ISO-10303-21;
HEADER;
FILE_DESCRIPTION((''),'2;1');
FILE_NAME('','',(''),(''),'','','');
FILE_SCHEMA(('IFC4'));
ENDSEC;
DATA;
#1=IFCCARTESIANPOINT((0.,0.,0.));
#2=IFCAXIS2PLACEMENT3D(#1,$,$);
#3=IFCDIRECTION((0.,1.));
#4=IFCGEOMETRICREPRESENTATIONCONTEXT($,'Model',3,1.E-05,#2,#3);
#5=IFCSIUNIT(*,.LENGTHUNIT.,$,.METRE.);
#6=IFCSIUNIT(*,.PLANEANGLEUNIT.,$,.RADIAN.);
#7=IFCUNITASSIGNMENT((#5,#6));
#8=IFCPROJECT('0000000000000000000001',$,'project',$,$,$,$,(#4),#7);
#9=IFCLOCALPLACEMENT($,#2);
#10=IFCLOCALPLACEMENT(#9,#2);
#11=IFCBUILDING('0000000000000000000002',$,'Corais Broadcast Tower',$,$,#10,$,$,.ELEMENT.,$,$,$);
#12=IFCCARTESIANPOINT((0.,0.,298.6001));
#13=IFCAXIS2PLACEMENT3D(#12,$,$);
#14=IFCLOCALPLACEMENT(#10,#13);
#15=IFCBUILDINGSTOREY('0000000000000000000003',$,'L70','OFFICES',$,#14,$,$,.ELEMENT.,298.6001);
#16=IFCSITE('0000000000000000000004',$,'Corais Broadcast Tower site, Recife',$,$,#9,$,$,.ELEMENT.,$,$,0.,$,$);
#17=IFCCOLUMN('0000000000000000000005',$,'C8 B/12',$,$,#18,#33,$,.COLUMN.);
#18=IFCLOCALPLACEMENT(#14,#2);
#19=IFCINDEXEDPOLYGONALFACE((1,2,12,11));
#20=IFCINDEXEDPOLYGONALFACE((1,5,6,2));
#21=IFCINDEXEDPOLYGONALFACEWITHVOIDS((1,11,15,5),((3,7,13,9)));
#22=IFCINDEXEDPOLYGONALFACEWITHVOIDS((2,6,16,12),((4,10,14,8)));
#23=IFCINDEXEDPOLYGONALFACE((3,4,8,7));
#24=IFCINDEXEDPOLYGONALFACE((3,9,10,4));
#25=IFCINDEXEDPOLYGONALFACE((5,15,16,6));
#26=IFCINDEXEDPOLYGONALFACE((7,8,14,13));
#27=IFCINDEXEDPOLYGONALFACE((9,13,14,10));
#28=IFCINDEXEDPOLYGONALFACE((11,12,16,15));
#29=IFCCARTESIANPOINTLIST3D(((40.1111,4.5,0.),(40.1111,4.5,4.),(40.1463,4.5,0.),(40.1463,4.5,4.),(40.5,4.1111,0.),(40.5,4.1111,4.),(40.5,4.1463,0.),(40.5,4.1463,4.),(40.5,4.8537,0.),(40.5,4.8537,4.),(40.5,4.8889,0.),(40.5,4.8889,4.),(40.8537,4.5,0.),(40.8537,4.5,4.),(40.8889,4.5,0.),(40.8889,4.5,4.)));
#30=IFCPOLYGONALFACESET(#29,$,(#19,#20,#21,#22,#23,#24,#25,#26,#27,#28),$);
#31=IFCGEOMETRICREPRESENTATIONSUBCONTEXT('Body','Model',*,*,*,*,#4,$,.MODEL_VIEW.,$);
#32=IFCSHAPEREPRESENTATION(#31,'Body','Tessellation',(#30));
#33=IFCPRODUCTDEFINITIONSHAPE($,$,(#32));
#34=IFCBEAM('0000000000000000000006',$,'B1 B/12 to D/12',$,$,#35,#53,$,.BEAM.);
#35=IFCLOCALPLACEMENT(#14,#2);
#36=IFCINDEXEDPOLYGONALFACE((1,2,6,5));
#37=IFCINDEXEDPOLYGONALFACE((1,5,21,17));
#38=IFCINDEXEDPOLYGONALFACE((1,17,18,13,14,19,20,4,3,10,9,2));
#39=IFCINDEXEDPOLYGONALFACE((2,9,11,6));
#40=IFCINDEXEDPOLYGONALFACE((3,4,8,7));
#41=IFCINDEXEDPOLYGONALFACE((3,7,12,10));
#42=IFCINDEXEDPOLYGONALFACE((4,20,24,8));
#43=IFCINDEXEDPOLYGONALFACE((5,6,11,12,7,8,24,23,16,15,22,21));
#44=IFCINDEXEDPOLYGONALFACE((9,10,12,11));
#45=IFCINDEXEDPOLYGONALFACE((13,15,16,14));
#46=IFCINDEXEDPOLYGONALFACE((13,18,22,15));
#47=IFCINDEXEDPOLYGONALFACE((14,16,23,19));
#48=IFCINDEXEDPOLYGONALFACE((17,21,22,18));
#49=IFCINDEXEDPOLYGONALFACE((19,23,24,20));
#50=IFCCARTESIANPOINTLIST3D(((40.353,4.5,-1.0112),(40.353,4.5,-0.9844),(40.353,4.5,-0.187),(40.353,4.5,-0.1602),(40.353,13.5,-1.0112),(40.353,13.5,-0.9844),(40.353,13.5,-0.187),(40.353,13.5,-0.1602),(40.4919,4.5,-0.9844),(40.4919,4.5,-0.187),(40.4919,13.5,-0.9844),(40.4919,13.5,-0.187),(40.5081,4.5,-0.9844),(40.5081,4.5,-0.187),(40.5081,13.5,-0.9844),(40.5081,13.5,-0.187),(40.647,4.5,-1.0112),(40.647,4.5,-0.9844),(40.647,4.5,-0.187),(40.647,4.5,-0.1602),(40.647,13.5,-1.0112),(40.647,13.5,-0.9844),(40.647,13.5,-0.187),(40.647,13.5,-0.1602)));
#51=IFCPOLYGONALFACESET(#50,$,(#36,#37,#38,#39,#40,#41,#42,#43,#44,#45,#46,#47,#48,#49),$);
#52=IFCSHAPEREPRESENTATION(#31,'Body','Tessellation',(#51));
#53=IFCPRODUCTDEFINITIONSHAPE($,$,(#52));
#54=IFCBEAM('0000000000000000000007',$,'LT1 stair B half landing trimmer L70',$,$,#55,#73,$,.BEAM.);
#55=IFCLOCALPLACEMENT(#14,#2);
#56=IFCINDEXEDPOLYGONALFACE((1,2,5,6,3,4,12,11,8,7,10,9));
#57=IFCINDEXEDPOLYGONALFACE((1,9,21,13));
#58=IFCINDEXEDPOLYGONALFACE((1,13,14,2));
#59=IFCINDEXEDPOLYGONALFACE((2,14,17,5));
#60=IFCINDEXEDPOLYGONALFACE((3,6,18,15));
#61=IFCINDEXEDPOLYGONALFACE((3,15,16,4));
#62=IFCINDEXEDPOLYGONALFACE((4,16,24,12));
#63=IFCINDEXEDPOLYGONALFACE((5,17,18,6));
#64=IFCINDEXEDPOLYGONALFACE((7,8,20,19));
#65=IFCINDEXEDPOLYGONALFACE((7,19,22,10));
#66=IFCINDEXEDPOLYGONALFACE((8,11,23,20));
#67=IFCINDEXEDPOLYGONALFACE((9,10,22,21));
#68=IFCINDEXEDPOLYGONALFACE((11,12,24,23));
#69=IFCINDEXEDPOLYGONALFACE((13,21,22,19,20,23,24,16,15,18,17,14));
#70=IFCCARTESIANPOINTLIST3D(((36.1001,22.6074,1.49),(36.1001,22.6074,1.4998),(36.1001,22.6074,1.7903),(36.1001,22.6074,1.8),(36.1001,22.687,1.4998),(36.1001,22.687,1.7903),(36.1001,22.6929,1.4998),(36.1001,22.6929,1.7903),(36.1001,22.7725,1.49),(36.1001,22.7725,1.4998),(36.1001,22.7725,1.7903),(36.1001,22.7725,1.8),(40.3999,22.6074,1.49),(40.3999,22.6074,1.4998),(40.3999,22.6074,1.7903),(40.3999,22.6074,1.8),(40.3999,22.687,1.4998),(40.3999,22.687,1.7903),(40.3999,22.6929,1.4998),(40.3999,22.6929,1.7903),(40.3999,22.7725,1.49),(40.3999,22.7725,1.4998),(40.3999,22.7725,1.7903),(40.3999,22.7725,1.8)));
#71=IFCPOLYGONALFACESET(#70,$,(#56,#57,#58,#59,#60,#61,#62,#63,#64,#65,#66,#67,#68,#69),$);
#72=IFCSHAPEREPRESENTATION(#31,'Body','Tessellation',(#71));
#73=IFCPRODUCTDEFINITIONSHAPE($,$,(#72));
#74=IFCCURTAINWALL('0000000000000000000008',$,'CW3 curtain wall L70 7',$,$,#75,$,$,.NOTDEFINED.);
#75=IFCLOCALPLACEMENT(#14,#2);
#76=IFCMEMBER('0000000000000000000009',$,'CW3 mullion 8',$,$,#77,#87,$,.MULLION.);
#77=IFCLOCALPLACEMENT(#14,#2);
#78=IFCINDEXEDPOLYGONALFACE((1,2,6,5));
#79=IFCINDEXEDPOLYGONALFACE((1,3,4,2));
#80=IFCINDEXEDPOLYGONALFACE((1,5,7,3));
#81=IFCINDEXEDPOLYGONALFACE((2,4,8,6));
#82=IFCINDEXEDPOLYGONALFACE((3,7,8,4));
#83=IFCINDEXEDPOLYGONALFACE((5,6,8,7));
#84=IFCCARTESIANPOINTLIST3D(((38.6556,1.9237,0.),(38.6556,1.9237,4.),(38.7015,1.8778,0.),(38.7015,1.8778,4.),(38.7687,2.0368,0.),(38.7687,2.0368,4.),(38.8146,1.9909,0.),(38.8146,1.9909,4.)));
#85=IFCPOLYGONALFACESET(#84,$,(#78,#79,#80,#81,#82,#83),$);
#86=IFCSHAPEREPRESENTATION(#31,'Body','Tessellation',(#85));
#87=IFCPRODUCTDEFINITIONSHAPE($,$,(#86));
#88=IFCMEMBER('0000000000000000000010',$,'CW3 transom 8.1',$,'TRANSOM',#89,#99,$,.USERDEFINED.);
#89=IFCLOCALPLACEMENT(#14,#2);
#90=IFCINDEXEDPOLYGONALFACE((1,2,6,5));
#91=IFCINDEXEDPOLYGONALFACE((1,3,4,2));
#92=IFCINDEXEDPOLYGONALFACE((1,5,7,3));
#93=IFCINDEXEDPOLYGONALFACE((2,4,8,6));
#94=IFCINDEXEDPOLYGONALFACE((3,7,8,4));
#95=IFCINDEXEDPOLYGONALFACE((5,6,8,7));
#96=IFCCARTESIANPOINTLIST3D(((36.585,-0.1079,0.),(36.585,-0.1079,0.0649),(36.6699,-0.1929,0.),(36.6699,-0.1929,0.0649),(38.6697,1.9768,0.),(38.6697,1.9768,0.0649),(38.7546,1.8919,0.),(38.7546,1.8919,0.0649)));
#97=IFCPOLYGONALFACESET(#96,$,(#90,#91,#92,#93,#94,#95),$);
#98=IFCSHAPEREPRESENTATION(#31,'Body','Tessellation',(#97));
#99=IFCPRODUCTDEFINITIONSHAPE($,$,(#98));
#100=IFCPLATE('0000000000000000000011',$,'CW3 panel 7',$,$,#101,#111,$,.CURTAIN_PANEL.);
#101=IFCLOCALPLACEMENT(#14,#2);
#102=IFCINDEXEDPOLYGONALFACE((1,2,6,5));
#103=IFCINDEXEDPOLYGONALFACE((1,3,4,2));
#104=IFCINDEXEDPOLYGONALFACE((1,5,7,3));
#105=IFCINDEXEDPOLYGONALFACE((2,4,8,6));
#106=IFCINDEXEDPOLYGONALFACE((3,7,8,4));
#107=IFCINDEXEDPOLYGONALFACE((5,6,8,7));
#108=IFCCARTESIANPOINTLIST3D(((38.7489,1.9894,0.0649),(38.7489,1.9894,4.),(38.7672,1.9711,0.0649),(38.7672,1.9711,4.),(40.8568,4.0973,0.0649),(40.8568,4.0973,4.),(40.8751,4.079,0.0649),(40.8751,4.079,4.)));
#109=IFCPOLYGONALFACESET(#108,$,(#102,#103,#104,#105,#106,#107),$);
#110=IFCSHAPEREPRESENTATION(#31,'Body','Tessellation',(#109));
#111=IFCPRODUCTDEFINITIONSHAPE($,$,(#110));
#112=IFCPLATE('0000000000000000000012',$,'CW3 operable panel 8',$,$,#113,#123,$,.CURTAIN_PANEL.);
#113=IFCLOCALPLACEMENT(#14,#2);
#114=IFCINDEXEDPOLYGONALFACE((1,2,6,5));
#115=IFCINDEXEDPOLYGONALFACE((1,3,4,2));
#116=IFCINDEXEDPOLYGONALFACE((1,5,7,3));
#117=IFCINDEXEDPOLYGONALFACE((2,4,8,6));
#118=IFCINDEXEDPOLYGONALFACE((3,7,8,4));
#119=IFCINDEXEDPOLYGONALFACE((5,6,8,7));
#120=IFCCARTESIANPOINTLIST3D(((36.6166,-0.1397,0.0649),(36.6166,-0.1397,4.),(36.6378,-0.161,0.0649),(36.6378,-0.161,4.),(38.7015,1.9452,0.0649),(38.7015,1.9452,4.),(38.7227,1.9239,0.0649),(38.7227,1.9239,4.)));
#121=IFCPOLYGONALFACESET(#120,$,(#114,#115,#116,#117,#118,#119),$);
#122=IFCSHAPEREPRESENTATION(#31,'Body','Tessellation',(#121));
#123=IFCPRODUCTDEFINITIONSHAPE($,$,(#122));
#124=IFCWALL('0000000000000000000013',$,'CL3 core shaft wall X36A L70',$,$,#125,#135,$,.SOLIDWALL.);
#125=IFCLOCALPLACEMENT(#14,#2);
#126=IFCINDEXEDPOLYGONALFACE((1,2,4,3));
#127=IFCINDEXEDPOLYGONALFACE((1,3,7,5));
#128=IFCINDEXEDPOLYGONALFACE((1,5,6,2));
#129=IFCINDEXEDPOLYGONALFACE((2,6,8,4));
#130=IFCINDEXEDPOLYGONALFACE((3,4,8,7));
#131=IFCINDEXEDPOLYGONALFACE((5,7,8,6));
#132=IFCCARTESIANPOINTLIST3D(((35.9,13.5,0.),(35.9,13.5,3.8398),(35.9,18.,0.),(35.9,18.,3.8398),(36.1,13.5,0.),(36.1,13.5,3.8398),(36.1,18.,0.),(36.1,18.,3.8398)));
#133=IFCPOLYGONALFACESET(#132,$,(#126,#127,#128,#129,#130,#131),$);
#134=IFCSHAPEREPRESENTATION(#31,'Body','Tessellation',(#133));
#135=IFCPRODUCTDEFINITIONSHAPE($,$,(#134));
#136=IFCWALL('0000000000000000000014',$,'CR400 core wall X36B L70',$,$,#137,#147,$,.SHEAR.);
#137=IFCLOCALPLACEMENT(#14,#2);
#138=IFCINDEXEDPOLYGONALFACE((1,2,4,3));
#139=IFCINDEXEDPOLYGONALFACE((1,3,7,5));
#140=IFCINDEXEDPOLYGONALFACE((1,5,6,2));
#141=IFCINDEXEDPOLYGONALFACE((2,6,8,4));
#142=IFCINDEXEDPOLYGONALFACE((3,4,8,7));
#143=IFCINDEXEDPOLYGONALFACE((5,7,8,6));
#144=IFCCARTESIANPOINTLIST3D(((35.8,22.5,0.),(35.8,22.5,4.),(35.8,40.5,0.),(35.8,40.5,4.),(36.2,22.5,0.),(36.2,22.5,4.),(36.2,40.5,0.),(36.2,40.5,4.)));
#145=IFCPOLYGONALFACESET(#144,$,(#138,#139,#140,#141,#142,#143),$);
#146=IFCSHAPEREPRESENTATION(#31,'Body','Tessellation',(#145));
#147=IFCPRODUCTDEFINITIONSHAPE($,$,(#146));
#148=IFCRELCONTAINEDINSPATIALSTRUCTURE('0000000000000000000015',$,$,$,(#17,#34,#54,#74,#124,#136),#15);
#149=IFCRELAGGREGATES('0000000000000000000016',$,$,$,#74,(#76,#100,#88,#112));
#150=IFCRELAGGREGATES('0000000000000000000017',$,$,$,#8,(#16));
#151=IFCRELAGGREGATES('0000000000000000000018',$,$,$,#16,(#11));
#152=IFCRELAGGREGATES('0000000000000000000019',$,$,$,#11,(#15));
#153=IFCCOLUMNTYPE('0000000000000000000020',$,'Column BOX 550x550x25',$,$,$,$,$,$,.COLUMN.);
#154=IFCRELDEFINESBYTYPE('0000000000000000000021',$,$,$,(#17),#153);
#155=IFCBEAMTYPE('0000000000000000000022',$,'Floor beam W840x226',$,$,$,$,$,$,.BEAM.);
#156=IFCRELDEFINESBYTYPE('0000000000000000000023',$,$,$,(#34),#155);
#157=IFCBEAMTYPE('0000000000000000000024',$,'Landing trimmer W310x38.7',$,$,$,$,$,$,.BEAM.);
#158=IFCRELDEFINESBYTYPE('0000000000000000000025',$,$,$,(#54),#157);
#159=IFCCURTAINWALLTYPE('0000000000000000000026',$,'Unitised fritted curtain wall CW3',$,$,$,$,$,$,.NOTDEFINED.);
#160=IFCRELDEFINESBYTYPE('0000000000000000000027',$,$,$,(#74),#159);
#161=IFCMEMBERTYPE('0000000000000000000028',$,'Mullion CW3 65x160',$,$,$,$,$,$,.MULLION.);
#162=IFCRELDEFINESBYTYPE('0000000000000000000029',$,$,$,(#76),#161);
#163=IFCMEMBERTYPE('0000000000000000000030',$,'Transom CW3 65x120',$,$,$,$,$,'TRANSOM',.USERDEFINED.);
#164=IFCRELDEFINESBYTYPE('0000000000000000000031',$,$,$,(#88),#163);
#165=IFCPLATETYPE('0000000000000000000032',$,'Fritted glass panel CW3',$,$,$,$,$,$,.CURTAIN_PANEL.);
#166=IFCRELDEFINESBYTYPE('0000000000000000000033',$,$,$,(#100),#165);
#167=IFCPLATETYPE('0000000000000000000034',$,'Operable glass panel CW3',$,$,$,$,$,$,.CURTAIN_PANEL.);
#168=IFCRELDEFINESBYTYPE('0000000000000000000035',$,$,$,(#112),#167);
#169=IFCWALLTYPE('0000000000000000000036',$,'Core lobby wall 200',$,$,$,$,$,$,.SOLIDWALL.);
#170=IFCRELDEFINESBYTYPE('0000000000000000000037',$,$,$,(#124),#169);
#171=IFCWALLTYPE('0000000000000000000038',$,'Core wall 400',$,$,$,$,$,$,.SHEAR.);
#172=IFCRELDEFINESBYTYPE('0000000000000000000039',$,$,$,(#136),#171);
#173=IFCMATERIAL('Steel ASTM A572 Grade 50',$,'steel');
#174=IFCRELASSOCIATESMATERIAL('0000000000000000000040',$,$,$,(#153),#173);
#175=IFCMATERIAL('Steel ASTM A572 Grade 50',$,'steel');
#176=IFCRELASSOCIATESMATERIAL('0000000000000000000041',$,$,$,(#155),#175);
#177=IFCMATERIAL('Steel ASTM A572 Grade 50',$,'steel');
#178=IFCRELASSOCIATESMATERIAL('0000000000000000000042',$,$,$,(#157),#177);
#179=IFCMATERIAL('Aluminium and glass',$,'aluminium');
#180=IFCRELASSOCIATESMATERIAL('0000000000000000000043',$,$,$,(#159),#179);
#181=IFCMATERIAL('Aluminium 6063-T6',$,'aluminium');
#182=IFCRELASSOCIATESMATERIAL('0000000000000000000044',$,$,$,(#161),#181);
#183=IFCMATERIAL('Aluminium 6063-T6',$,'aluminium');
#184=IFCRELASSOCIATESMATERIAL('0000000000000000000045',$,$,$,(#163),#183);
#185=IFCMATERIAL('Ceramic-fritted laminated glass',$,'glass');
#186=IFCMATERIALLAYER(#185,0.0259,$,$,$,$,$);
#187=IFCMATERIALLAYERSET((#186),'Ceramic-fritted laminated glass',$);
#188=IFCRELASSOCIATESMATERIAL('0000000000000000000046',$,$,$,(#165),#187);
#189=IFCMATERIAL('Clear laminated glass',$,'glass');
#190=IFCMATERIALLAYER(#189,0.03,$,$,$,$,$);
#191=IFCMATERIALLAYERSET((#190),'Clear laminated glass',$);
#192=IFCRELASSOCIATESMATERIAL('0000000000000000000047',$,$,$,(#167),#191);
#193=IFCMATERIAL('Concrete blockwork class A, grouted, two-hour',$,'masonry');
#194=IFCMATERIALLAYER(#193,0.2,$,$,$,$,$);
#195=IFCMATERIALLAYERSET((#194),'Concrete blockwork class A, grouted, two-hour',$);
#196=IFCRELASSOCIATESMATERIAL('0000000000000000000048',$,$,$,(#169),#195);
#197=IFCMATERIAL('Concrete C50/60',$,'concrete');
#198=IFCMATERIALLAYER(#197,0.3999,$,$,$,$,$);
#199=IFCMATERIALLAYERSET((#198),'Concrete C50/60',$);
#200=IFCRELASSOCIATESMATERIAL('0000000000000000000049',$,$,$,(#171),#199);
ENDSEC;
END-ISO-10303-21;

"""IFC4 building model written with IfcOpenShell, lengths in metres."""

from ifc_helpers import new_model, si_unit, direction, frame, frame_2d, origin, origin_2d, place, context, subcontext, project, spatial, rectangle, hollow_rectangle, i_section, extrude, material, layer, layer_set, material_profile, profile_set, type_object, element, aggregate, save


model = new_model("IFC4")

# Units and contexts
model_context = context("Model", 3, precision=1e-05, world=origin(), true_north=direction((0.0, 1.0)))
body_context = subcontext(model_context, "Body", "Model", "MODEL_VIEW")
ifc_project = project(units=[si_unit("LENGTHUNIT", "METRE"), si_unit("PLANEANGLEUNIT", "RADIAN")], contexts=[model_context])

# Site, building, storey
site_placement = place(None, origin())
site = spatial("IfcSite", under=ifc_project, at=site_placement, Name="Corais Broadcast Tower site, Recife", CompositionType="ELEMENT", RefElevation=0.0)
building_placement = place(site_placement, origin())
building = spatial("IfcBuilding", under=site, at=building_placement, Name="Corais Broadcast Tower", CompositionType="ELEMENT")
storey_placement = place(building_placement, frame((0.0, 0.0, 298.6001)))
storey = spatial("IfcBuildingStorey", under=building, at=storey_placement, Name="L70", Description="OFFICES", CompositionType="ELEMENT", Elevation=298.6001)

# Column
ifc_material_1 = material(Name="Steel ASTM A572 Grade 50", Category="steel")
ifc_material_profile_1 = material_profile(ifc_material_1, hollow_rectangle(XDim=0.55, YDim=0.55, WallThickness=0.0249, at=origin_2d()), Name="BOX 550x550x25")
ifc_profile_set_1 = profile_set([ifc_material_profile_1], Name="Steel ASTM A572 Grade 50")
column_type = type_object("IfcColumnType", Name="Column BOX 550x550x25", PredefinedType="COLUMN", material=ifc_profile_set_1)
column_placement = place(storey_placement, frame((40.5, 4.5, 0.0), z_axis=(0.0, 0.0, 1.0), x_axis=(0.707107, 0.707107, 0.0)))
element("IfcColumn", 1, at=column_placement, inside=storey, type_object=column_type, Name="C8 B/12", PredefinedType="COLUMN", context=body_context, shape_type="SweptSolid", body=[
    extrude(hollow_rectangle(XDim=0.55, YDim=0.55, WallThickness=0.0249, at=origin_2d()), origin(), (0.0, 0.0, 1.0), 4.0),
])

# Beams
ifc_material_2 = material(Name="Steel ASTM A572 Grade 50", Category="steel")
ifc_material_profile_2 = material_profile(ifc_material_2, i_section(OverallWidth=0.2939, OverallDepth=0.8511, WebThickness=0.0161, FlangeThickness=0.0269, at=origin_2d()), Name="W840x226")
ifc_profile_set_2 = profile_set([ifc_material_profile_2], Name="Steel ASTM A572 Grade 50")
beam_type_1 = type_object("IfcBeamType", Name="Floor beam W840x226", PredefinedType="BEAM", material=ifc_profile_set_2)
beam_1_placement = place(storey_placement, frame((40.5, 4.5, -0.5857), z_axis=(0.0, 1.0, 0.0), x_axis=(-1.0, 0.0, 0.0)))
element("IfcBeam", 2, at=beam_1_placement, inside=storey, type_object=beam_type_1, Name="B1 B/12 to D/12", PredefinedType="BEAM", context=body_context, shape_type="SweptSolid", body=[
    extrude(i_section(OverallWidth=0.2939, OverallDepth=0.8511, WebThickness=0.0161, FlangeThickness=0.0269, at=origin_2d()), origin(), (0.0, 0.0, 1.0), 9.0),
])
ifc_material_3 = material(Name="Steel ASTM A572 Grade 50", Category="steel")
ifc_material_profile_3 = material_profile(ifc_material_3, i_section(OverallWidth=0.165, OverallDepth=0.3101, WebThickness=0.0059, FlangeThickness=0.0098, at=origin_2d()), Name="W310x38.7")
ifc_profile_set_3 = profile_set([ifc_material_profile_3], Name="Steel ASTM A572 Grade 50")
beam_type_2 = type_object("IfcBeamType", Name="Landing trimmer W310x38.7", PredefinedType="BEAM", material=ifc_profile_set_3)
beam_2_placement = place(storey_placement, frame((36.1001, 22.6899, 1.645), z_axis=(1.0, 0.0, 0.0), x_axis=(0.0, 1.0, 0.0)))
element("IfcBeam", 3, at=beam_2_placement, inside=storey, type_object=beam_type_2, Name="LT1 stair B half landing trimmer L70", PredefinedType="BEAM", context=body_context, shape_type="SweptSolid", body=[
    extrude(i_section(OverallWidth=0.165, OverallDepth=0.3101, WebThickness=0.0059, FlangeThickness=0.0098, at=origin_2d()), origin(), (0.0, 0.0, 1.0), 4.2998),
])

# Curtain wall, members, plates
ifc_material_4 = material(Name="Aluminium and glass", Category="aluminium")
curtain_wall_type = type_object("IfcCurtainWallType", Name="Unitised fritted curtain wall CW3", PredefinedType="NOTDEFINED", material=ifc_material_4)
curtain_wall_placement = place(storey_placement, origin())
curtain_wall = element("IfcCurtainWall", 4, at=curtain_wall_placement, inside=storey, type_object=curtain_wall_type, Name="CW3 curtain wall L70 7", PredefinedType="NOTDEFINED")
ifc_material_5 = material(Name="Aluminium 6063-T6", Category="aluminium")
ifc_material_profile_4 = material_profile(ifc_material_5, rectangle(XDim=0.0649, YDim=0.1599, at=origin_2d()), Name="Mullion CW3 65x160")
ifc_profile_set_4 = profile_set([ifc_material_profile_4], Name="Aluminium 6063-T6")
member_type_1 = type_object("IfcMemberType", Name="Mullion CW3 65x160", PredefinedType="MULLION", material=ifc_profile_set_4)
member_1_placement = place(storey_placement, frame((38.7351, 1.9573, 0.0), z_axis=(0.0, 0.0, 1.0), x_axis=(0.707107, -0.707107, 0.0)))
member_1 = element("IfcMember", 5, at=member_1_placement, type_object=member_type_1, Name="CW3 mullion 8", PredefinedType="MULLION", context=body_context, shape_type="SweptSolid", body=[
    extrude(rectangle(XDim=0.0649, YDim=0.1599, at=origin_2d()), origin(), (0.0, 0.0, 1.0), 4.0),
])
ifc_material_6 = material(Name="Aluminium 6063-T6", Category="aluminium")
ifc_material_profile_5 = material_profile(ifc_material_6, rectangle(XDim=0.1201, YDim=0.0649, at=origin_2d()), Name="Transom CW3 65x120")
ifc_profile_set_5 = profile_set([ifc_material_profile_5], Name="Aluminium 6063-T6")
member_type_2 = type_object("IfcMemberType", Name="Transom CW3 65x120", ElementType="TRANSOM", PredefinedType="USERDEFINED", material=ifc_profile_set_5)
member_2_placement = place(storey_placement, frame((38.7122, 1.9343, 0.0325), z_axis=(-0.707107, -0.707107, 0.0), x_axis=(0.707107, -0.707107, 0.0)))
member_2 = element("IfcMember", 6, at=member_2_placement, type_object=member_type_2, Name="CW3 transom 8.1", ObjectType="TRANSOM", PredefinedType="USERDEFINED", context=body_context, shape_type="SweptSolid", body=[
    extrude(rectangle(XDim=0.1201, YDim=0.0649, at=origin_2d()), origin(), (0.0, 0.0, 1.0), 2.9482),
])
ifc_material_7 = material(Name="Ceramic-fritted laminated glass", Category="glass")
ifc_layer_1 = layer(ifc_material_7, 0.0259)
ifc_layer_set_1 = layer_set([ifc_layer_1], Name="Ceramic-fritted laminated glass")
plate_type_1 = type_object("IfcPlateType", Name="Fritted glass panel CW3", PredefinedType="CURTAIN_PANEL", material=ifc_layer_set_1)
plate_1_placement = place(storey_placement, frame((39.812, 3.0342, 0.0649), z_axis=(0.0, 0.0, 1.0), x_axis=(-0.707107, -0.707107, 0.0)))
plate_1 = element("IfcPlate", 7, at=plate_1_placement, type_object=plate_type_1, Name="CW3 panel 7", PredefinedType="CURTAIN_PANEL", context=body_context, shape_type="SweptSolid", body=[
    extrude(rectangle(XDim=2.981, YDim=0.0259, at=origin_2d()), origin(), (0.0, 0.0, 1.0), 3.9351),
])
ifc_material_8 = material(Name="Clear laminated glass", Category="glass")
ifc_layer_2 = layer(ifc_material_8, 0.03)
ifc_layer_set_2 = layer_set([ifc_layer_2], Name="Clear laminated glass")
plate_type_2 = type_object("IfcPlateType", Name="Operable glass panel CW3", PredefinedType="CURTAIN_PANEL", material=ifc_layer_set_2)
plate_2_placement = place(storey_placement, frame((37.6697, 0.8921, 0.0649), z_axis=(0.0, 0.0, 1.0), x_axis=(-0.707107, -0.707107, 0.0)))
plate_2 = element("IfcPlate", 8, at=plate_2_placement, type_object=plate_type_2, Name="CW3 operable panel 8", PredefinedType="CURTAIN_PANEL", context=body_context, shape_type="SweptSolid", body=[
    extrude(rectangle(XDim=2.9485, YDim=0.03, at=origin_2d()), origin(), (0.0, 0.0, 1.0), 3.9351),
])
aggregate(curtain_wall, [member_1, plate_1, member_2, plate_2])

# Walls
ifc_material_9 = material(Name="Concrete blockwork class A, grouted, two-hour", Category="masonry")
ifc_layer_3 = layer(ifc_material_9, 0.2)
ifc_layer_set_3 = layer_set([ifc_layer_3], Name="Concrete blockwork class A, grouted, two-hour")
wall_type_1 = type_object("IfcWallType", Name="Core lobby wall 200", PredefinedType="SOLIDWALL", material=ifc_layer_set_3)
wall_1_placement = place(storey_placement, frame((36.0, 13.5, 0.0), z_axis=(0.0, 0.0, 1.0), x_axis=(0.0, 1.0, 0.0)))
element("IfcWall", 9, at=wall_1_placement, inside=storey, type_object=wall_type_1, Name="CL3 core shaft wall X36A L70", PredefinedType="SOLIDWALL", context=body_context, shape_type="SweptSolid", body=[
    extrude(rectangle(XDim=4.5, YDim=0.2, at=frame_2d((2.25, 0.0))), origin(), (0.0, 0.0, 1.0), 3.8398),
])
ifc_material_10 = material(Name="Concrete C50/60", Category="concrete")
ifc_layer_4 = layer(ifc_material_10, 0.3999)
ifc_layer_set_4 = layer_set([ifc_layer_4], Name="Concrete C50/60")
wall_type_2 = type_object("IfcWallType", Name="Core wall 400", PredefinedType="SHEAR", material=ifc_layer_set_4)
wall_2_placement = place(storey_placement, frame((36.0, 22.5, 0.0), z_axis=(0.0, 0.0, 1.0), x_axis=(0.0, 1.0, 0.0)))
element("IfcWall", 10, at=wall_2_placement, inside=storey, type_object=wall_type_2, Name="CR400 core wall X36B L70", PredefinedType="SHEAR", context=body_context, shape_type="SweptSolid", body=[
    extrude(rectangle(XDim=18.0, YDim=0.3999, at=frame_2d((9.0, 0.0))), origin(), (0.0, 0.0, 1.0), 4.0),
])

save(model, "model.ifc")
